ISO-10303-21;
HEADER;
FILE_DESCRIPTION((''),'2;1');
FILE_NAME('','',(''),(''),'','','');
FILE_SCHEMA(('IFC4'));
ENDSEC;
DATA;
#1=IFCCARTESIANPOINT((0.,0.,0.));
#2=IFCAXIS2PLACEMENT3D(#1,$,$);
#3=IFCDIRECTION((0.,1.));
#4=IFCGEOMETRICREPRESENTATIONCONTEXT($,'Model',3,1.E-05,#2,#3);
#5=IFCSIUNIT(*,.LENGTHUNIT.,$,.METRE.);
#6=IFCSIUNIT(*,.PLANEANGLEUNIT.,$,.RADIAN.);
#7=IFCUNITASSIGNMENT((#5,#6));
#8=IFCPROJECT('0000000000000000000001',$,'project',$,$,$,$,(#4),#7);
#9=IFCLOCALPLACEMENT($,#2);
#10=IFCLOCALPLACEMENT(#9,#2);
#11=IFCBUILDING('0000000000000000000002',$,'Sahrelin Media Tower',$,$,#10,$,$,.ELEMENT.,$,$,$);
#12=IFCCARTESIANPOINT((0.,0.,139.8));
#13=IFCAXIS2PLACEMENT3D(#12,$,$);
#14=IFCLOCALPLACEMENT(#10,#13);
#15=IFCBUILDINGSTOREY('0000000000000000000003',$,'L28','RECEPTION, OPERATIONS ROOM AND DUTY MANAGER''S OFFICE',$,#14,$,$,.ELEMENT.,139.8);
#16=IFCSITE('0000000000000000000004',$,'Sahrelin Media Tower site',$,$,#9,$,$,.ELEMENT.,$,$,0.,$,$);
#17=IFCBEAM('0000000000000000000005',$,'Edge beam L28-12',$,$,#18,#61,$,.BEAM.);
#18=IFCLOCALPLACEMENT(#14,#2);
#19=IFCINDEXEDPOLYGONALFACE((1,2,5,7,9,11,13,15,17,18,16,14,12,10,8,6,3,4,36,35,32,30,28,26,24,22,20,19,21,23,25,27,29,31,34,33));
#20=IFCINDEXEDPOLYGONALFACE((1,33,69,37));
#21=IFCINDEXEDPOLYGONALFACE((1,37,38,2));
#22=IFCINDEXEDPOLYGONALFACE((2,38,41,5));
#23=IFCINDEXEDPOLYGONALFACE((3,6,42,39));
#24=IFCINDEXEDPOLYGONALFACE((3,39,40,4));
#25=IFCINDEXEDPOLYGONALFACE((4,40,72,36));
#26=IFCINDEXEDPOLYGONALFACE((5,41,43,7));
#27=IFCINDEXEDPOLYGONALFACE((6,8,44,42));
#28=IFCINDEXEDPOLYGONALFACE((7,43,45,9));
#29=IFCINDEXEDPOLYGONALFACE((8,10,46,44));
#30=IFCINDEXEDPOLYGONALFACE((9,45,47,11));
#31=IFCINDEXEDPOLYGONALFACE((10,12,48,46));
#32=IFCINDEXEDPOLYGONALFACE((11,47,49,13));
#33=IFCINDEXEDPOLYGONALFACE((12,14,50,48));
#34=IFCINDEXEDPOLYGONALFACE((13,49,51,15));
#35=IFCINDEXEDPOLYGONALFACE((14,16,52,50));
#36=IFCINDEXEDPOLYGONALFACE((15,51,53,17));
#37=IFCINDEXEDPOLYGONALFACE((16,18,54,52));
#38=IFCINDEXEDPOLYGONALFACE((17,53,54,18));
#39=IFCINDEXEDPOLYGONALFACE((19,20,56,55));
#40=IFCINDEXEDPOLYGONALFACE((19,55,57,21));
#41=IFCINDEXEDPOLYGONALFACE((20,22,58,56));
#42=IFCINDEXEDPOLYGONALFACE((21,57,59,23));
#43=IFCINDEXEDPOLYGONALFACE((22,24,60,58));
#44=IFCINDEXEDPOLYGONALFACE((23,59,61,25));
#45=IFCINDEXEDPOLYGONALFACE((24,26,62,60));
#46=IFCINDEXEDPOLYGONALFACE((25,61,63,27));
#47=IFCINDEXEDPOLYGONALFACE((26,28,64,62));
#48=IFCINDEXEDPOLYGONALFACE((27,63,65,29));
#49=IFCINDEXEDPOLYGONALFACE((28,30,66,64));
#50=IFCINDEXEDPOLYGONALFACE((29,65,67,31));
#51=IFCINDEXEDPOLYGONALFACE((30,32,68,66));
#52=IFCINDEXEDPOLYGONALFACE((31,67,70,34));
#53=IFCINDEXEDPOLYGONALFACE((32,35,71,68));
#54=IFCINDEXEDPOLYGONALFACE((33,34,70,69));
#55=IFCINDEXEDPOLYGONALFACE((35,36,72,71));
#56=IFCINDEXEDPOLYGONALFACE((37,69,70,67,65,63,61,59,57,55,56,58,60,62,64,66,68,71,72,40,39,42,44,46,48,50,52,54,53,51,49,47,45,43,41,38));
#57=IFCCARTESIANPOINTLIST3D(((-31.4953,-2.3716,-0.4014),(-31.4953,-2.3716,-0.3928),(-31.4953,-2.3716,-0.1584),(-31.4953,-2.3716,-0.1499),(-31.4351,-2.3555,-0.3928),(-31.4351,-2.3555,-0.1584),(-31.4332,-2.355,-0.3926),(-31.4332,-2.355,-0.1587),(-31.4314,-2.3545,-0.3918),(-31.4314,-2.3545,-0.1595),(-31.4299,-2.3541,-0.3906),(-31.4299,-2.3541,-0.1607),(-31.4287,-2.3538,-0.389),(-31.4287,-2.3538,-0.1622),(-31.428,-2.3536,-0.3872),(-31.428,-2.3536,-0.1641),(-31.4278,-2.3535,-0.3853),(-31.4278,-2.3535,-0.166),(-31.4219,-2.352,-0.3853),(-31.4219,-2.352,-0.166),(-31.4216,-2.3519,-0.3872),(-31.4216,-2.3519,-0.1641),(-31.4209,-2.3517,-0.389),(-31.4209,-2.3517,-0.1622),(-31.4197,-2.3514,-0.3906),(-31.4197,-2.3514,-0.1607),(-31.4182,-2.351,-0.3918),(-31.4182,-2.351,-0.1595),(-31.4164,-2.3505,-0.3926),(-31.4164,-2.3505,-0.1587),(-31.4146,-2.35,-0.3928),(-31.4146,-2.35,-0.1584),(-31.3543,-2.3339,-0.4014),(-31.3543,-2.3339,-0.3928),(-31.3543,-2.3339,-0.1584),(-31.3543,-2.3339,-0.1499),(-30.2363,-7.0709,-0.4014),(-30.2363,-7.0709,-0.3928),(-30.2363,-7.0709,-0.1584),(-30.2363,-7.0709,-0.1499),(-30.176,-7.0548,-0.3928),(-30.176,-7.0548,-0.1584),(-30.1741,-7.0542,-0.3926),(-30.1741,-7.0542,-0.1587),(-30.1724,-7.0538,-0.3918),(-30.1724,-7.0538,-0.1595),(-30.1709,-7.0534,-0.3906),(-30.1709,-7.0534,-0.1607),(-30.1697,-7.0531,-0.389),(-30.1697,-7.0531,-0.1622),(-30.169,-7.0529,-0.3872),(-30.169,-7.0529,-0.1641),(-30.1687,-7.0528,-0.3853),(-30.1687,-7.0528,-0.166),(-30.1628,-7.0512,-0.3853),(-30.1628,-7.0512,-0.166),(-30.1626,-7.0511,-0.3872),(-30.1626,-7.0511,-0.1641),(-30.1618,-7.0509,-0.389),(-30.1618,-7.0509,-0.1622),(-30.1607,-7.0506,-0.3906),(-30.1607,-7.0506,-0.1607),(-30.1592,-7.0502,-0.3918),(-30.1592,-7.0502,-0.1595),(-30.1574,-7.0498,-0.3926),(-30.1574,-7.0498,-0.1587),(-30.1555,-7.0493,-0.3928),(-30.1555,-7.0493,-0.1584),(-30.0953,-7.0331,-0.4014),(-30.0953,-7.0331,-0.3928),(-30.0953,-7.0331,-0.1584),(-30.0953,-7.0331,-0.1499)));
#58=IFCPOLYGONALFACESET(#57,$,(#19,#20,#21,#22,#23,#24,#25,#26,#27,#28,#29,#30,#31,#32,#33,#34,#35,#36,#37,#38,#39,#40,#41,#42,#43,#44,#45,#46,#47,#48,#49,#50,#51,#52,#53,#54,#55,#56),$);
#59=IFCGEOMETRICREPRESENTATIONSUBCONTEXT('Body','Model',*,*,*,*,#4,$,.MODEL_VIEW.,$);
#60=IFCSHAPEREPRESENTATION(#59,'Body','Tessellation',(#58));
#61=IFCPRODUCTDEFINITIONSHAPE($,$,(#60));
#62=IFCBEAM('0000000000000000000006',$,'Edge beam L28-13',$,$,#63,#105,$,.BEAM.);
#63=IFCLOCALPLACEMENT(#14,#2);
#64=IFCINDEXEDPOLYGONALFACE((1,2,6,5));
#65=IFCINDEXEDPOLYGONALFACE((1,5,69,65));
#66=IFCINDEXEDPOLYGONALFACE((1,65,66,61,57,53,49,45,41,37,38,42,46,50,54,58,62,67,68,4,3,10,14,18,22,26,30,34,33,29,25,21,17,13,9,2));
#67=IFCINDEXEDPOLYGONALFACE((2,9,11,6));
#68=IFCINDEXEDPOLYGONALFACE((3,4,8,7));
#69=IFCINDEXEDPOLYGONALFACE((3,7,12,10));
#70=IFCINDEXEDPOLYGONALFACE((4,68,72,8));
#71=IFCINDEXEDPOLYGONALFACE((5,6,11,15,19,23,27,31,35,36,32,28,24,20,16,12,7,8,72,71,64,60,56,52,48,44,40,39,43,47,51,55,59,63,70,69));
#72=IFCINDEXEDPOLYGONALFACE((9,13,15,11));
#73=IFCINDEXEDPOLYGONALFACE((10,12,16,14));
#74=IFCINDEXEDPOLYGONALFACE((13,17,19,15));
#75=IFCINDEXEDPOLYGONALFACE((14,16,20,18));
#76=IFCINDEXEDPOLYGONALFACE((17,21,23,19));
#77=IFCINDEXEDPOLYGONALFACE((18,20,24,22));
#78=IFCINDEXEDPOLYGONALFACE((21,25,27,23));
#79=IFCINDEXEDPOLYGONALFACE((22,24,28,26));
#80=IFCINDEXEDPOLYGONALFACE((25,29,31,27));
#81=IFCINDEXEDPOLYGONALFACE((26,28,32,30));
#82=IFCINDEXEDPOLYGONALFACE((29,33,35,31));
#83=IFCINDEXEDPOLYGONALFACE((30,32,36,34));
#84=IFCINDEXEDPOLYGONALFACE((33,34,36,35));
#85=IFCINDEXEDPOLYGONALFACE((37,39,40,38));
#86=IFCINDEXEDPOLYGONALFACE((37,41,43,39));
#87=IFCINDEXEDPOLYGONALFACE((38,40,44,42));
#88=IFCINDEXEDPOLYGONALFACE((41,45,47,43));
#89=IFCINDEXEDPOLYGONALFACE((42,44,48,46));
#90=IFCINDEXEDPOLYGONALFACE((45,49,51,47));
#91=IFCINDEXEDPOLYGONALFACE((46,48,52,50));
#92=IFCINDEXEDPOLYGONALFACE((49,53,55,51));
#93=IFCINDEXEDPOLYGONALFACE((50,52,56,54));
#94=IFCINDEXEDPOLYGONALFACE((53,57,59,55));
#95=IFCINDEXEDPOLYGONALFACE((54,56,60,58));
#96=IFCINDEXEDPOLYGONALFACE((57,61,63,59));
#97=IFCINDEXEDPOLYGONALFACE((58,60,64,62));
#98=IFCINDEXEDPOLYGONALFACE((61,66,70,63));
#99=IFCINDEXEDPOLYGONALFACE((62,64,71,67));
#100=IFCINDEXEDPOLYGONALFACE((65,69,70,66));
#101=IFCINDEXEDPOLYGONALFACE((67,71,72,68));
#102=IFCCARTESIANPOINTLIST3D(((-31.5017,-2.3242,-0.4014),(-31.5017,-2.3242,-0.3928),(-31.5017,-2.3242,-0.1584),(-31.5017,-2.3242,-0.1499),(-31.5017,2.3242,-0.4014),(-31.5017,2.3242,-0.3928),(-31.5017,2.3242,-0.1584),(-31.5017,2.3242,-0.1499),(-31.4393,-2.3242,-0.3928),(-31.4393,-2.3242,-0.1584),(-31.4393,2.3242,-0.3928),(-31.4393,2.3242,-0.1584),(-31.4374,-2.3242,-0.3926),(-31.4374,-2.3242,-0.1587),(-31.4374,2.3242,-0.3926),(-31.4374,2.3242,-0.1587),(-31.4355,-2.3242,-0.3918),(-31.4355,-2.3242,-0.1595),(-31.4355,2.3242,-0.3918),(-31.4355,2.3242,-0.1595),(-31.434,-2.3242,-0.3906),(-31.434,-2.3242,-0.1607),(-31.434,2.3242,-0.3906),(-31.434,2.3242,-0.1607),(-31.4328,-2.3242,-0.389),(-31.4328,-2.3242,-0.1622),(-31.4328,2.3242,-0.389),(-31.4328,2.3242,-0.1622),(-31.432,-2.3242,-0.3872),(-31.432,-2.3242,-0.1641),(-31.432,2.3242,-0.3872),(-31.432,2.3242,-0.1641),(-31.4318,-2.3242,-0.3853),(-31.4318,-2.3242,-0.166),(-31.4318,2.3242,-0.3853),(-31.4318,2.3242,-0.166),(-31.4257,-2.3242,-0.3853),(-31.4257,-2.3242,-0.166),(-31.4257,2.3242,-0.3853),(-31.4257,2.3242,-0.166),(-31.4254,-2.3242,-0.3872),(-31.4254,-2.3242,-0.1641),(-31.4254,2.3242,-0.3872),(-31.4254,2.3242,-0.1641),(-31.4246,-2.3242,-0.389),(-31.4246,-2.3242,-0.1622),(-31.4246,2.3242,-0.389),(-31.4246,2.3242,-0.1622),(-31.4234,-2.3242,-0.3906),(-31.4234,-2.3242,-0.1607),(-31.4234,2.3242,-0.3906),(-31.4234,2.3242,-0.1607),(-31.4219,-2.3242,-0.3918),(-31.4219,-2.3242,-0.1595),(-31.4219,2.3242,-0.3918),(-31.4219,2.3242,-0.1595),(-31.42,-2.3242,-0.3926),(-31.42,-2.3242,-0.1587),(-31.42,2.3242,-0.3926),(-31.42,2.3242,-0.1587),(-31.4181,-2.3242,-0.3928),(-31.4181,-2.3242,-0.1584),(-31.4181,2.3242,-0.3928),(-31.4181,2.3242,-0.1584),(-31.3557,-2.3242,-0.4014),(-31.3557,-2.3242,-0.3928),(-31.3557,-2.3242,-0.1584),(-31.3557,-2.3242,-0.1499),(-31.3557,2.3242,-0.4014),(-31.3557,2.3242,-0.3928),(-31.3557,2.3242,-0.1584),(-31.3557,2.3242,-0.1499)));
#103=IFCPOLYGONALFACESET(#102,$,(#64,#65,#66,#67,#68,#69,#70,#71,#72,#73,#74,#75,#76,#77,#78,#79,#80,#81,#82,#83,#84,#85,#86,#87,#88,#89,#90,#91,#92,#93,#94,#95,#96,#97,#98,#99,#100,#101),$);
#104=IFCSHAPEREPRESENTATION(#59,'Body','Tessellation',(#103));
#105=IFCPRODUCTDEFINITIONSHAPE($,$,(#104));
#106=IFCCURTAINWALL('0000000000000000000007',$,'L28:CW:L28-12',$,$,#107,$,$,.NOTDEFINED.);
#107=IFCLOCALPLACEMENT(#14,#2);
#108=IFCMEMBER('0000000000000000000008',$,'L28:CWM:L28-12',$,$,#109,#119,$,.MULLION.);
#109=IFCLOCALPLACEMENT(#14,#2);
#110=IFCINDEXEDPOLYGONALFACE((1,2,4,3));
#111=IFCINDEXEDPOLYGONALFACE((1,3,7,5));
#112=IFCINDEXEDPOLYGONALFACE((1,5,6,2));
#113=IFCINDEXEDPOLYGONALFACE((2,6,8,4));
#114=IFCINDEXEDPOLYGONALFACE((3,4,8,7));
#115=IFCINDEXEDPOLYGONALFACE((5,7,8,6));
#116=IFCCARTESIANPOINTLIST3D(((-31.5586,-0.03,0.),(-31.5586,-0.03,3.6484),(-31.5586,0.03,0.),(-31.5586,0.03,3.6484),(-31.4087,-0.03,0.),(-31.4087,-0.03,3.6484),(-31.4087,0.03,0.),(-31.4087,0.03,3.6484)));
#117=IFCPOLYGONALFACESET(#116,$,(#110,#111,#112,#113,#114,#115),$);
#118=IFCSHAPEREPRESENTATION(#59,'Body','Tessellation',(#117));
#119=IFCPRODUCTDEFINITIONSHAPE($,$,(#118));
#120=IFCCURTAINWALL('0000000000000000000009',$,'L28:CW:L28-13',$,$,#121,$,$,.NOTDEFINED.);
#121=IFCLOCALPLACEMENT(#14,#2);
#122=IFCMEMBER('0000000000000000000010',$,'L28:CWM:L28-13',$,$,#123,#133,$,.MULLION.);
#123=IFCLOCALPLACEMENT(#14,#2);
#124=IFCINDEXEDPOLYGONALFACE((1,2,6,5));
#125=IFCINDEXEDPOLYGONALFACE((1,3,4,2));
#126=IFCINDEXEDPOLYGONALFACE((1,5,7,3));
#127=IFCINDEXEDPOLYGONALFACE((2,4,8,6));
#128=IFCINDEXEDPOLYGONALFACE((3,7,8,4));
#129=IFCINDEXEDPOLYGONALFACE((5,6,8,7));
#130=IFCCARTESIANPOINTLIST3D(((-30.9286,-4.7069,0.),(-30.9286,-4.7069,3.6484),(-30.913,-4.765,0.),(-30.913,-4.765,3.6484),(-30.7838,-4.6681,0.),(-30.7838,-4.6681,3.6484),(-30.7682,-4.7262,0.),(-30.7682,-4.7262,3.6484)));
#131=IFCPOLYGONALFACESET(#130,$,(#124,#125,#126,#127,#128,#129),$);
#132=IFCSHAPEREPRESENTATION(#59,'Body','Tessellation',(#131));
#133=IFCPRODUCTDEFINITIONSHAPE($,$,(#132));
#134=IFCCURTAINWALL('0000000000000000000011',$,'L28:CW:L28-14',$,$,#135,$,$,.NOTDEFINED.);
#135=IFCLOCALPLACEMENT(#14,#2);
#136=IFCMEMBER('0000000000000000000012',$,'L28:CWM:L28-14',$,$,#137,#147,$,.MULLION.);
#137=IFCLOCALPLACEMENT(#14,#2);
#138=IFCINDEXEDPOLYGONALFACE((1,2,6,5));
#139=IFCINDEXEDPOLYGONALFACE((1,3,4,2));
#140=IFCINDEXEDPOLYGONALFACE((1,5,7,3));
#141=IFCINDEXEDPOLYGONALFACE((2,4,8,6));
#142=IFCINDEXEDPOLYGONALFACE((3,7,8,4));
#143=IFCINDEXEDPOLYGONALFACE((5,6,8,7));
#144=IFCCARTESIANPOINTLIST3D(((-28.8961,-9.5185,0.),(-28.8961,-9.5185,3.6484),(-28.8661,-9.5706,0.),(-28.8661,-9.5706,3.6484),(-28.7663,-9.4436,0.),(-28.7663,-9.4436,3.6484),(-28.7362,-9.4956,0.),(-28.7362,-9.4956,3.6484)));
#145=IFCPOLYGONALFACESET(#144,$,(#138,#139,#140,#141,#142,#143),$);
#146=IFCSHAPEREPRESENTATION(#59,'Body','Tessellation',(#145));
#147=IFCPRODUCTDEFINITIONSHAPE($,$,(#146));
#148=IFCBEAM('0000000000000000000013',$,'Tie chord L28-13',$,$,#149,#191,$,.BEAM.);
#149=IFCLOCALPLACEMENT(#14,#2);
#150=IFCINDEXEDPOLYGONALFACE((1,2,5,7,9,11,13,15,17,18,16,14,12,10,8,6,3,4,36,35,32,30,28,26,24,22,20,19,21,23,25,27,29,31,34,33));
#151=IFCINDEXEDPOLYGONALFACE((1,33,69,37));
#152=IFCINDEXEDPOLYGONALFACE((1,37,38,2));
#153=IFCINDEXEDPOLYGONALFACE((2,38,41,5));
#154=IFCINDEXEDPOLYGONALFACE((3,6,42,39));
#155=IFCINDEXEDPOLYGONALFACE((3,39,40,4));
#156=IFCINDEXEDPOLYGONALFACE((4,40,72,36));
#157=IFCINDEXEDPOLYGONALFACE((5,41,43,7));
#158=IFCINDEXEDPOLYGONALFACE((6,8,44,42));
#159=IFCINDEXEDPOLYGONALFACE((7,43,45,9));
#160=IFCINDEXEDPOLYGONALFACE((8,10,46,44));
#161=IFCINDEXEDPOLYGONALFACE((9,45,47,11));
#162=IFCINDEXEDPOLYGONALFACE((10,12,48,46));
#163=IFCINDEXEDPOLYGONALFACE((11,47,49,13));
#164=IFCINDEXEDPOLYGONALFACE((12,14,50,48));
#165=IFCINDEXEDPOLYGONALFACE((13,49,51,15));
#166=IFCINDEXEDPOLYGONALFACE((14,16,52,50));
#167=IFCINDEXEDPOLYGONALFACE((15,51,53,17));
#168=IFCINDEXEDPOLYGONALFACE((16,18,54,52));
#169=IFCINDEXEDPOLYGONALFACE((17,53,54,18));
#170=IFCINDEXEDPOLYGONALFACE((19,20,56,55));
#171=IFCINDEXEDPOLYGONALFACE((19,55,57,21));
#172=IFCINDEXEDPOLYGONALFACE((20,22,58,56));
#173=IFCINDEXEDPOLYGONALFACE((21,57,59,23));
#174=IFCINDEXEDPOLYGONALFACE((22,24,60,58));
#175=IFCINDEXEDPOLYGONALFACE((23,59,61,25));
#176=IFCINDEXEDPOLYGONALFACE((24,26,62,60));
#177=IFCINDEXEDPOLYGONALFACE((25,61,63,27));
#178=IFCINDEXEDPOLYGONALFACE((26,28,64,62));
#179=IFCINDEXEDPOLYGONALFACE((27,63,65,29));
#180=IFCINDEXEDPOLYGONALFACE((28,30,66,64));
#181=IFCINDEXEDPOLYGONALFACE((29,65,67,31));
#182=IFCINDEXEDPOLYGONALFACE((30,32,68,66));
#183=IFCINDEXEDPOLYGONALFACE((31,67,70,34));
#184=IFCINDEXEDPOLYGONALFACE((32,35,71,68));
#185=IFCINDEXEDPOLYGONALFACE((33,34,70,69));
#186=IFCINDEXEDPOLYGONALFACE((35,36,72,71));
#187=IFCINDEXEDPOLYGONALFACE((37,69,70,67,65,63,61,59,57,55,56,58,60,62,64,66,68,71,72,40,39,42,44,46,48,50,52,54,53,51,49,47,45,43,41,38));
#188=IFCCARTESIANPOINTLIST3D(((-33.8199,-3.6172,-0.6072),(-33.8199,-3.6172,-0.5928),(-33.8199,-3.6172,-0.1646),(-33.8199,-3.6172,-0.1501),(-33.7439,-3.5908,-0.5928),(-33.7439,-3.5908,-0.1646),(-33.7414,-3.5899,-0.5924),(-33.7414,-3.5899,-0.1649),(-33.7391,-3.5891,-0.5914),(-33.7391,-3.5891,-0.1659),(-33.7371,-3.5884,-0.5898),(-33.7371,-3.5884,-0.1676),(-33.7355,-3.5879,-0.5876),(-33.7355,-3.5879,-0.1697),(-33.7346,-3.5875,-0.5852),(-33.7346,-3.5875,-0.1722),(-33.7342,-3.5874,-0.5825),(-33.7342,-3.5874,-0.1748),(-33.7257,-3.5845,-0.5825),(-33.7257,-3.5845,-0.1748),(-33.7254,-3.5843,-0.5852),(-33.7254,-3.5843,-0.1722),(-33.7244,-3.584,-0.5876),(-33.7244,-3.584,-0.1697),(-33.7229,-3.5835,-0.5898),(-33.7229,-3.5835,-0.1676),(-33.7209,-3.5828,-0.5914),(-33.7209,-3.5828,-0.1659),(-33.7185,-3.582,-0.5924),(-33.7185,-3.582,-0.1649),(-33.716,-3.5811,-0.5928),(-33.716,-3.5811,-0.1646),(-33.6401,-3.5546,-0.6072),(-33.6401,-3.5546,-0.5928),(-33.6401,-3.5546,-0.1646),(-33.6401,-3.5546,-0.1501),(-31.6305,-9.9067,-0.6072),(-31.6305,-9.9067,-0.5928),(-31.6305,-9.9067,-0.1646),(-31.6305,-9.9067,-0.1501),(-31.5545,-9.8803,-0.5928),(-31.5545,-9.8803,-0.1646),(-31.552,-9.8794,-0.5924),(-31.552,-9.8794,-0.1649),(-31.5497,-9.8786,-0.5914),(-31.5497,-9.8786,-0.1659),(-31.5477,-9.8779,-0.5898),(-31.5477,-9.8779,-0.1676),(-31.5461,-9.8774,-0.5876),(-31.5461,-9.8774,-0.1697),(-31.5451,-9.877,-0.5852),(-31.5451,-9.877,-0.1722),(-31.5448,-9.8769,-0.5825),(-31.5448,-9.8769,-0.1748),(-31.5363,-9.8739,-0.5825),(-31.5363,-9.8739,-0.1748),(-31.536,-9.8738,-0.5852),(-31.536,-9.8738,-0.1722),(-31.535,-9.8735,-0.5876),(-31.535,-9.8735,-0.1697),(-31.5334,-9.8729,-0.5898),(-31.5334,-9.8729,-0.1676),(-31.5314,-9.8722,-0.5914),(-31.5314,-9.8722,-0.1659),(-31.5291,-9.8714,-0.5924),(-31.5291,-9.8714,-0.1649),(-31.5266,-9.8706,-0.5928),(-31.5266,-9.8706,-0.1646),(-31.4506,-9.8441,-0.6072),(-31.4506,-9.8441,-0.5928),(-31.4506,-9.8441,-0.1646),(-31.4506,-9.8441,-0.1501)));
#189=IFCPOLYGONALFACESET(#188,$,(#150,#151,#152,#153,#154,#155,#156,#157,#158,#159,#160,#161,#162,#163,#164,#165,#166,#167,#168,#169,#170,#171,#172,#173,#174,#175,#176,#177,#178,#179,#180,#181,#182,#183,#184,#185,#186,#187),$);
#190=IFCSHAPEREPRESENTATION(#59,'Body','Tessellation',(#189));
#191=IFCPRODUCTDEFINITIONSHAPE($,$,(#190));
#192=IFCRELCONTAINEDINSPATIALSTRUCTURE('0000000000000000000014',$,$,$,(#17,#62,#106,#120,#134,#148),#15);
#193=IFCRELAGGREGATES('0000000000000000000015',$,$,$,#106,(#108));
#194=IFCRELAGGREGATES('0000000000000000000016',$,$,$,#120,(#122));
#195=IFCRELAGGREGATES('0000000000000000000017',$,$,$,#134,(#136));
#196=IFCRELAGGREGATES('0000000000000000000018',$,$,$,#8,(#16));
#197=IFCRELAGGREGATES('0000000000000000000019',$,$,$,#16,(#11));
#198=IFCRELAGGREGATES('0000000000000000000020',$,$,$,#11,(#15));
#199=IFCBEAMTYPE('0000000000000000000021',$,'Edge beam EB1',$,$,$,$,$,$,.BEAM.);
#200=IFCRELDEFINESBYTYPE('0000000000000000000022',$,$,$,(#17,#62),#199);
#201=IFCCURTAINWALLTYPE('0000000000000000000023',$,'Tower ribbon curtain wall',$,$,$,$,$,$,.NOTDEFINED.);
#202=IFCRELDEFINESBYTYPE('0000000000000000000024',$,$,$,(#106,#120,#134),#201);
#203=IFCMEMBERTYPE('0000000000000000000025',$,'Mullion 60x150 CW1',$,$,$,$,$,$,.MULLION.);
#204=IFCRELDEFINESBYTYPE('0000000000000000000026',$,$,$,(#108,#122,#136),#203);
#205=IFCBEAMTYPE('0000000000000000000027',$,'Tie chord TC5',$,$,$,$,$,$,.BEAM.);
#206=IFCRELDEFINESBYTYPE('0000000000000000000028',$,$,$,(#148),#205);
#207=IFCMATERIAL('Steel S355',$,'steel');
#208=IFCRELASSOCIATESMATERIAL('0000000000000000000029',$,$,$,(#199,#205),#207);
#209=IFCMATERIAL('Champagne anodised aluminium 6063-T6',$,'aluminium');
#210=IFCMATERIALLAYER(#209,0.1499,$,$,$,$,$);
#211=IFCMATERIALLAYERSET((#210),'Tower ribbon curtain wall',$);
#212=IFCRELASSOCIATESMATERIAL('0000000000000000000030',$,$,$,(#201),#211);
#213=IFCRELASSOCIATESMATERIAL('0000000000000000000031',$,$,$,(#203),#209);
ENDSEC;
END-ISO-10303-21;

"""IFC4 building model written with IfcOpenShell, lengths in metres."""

from ifc_helpers import new_model, si_unit, direction, frame, origin, origin_2d, place, context, subcontext, project, spatial, rectangle, i_section, extrude, material, layer, layer_set, material_profile, profile_set, type_object, element, aggregate, save


model = new_model("IFC4")

# Units and contexts
model_context = context("Model", 3, precision=1e-05, world=origin(), true_north=direction((0.0, 1.0)))
body_context = subcontext(model_context, "Body", "Model", "MODEL_VIEW")
ifc_project = project(units=[si_unit("LENGTHUNIT", "METRE"), si_unit("PLANEANGLEUNIT", "RADIAN")], contexts=[model_context])

# Site, building, storey
site_placement = place(None, origin())
site = spatial("IfcSite", under=ifc_project, at=site_placement, Name="Sahrelin Media Tower site", CompositionType="ELEMENT", RefElevation=0.0)
building_placement = place(site_placement, origin())
building = spatial("IfcBuilding", under=site, at=building_placement, Name="Sahrelin Media Tower", CompositionType="ELEMENT")
storey_placement = place(building_placement, frame((0.0, 0.0, 139.8)))
storey = spatial("IfcBuildingStorey", under=building, at=storey_placement, Name="L28", Description="RECEPTION, OPERATIONS ROOM AND DUTY MANAGER'S OFFICE", CompositionType="ELEMENT", Elevation=139.8)

# Beams
ifc_material_1 = material(Name="Steel S355", Category="steel")
ifc_material_profile_1 = material_profile(ifc_material_1, i_section(OverallWidth=0.146, OverallDepth=0.2515, WebThickness=0.0061, FlangeThickness=0.0085, FilletRadius=0.0076, at=origin_2d()), Name="UB 254x146x31")
ifc_profile_set_1 = profile_set([ifc_material_profile_1], Name="Steel S355")
beam_type_1 = type_object("IfcBeamType", Name="Edge beam EB1", PredefinedType="BEAM", material=ifc_profile_set_1)
beam_1_placement = place(storey_placement, frame((-30.1658, -7.052, -0.2756), z_axis=(-0.258796, 0.965932, 0.0), x_axis=(-0.965932, -0.258796, 0.0)))
element("IfcBeam", 1, at=beam_1_placement, inside=storey, type_object=beam_type_1, Name="Edge beam L28-12", PredefinedType="BEAM", context=body_context, shape_type="SweptSolid", body=[
    extrude(i_section(OverallWidth=0.146, OverallDepth=0.2515, WebThickness=0.0061, FlangeThickness=0.0085, FilletRadius=0.0076, at=origin_2d()), origin(), (0.0, 0.0, 1.0), 4.865),
])
beam_2_placement = place(storey_placement, frame((-31.4287, -2.3242, -0.2756), z_axis=(0.0, 1.0, 0.0), x_axis=(-1.0, 0.0, 0.0)))
element("IfcBeam", 2, at=beam_2_placement, inside=storey, type_object=beam_type_1, Name="Edge beam L28-13", PredefinedType="BEAM", context=body_context, shape_type="SweptSolid", body=[
    extrude(i_section(OverallWidth=0.146, OverallDepth=0.2515, WebThickness=0.0061, FlangeThickness=0.0085, FilletRadius=0.0076, at=origin_2d()), origin(), (0.0, 0.0, 1.0), 4.6484),
])

# Curtain walls, members
ifc_material_2 = material(Name="Champagne anodised aluminium 6063-T6", Category="aluminium")
ifc_layer_1 = layer(ifc_material_2, 0.1499)
ifc_layer_set_1 = layer_set([ifc_layer_1], Name="Tower ribbon curtain wall")
curtain_wall_type = type_object("IfcCurtainWallType", Name="Tower ribbon curtain wall", PredefinedType="NOTDEFINED", material=ifc_layer_set_1)
curtain_wall_1_placement = place(storey_placement, frame((-31.5786, 0.0, 0.0), z_axis=(0.0, 0.0, 1.0), x_axis=(1.0, 0.0, 0.0)))
curtain_wall_1 = element("IfcCurtainWall", 3, at=curtain_wall_1_placement, inside=storey, type_object=curtain_wall_type, Name="L28:CW:L28-12", PredefinedType="NOTDEFINED")
ifc_material_profile_2 = material_profile(ifc_material_2, rectangle(XDim=0.0601, YDim=0.1499, at=origin_2d()), Name="Mullion 60x150")
ifc_profile_set_2 = profile_set([ifc_material_profile_2], Name="Champagne anodised aluminium 6063-T6")
member_type_1 = type_object("IfcMemberType", Name="Mullion 60x150 CW1", PredefinedType="MULLION", material=ifc_profile_set_2)
member_1_placement = place(storey_placement, frame((-31.4836, 0.0, 0.0), z_axis=(0.0, 0.0, 1.0), x_axis=(0.0, -1.0, 0.0)))
member_1 = element("IfcMember", 4, at=member_1_placement, type_object=member_type_1, Name="L28:CWM:L28-12", PredefinedType="MULLION", context=body_context, shape_type="SweptSolid", body=[
    extrude(rectangle(XDim=0.0601, YDim=0.1499, at=origin_2d()), origin(), (0.0, 0.0, 1.0), 3.6484),
])
aggregate(curtain_wall_1, [member_1])
curtain_wall_2_placement = place(storey_placement, frame((-30.9402, -4.7412, 0.0), z_axis=(0.0, 0.0, 1.0), x_axis=(1.0, 0.0, 0.0)))
curtain_wall_2 = element("IfcCurtainWall", 5, at=curtain_wall_2_placement, inside=storey, type_object=curtain_wall_type, Name="L28:CW:L28-13", PredefinedType="NOTDEFINED")
member_2_placement = place(storey_placement, frame((-30.8484, -4.7166, 0.0), z_axis=(0.0, 0.0, 1.0), x_axis=(0.258827, -0.965924, 0.0)))
member_2 = element("IfcMember", 6, at=member_2_placement, type_object=member_type_1, Name="L28:CWM:L28-13", PredefinedType="MULLION", context=body_context, shape_type="SweptSolid", body=[
    extrude(rectangle(XDim=0.0601, YDim=0.1499, at=origin_2d()), origin(), (0.0, 0.0, 1.0), 3.6484),
])
curtain_wall_3_placement = place(storey_placement, frame((-28.8984, -9.5547, 0.0), z_axis=(0.0, 0.0, 1.0), x_axis=(1.0, 0.0, 0.0)))
curtain_wall_3 = element("IfcCurtainWall", 7, at=curtain_wall_3_placement, inside=storey, type_object=curtain_wall_type, Name="L28:CW:L28-14", PredefinedType="NOTDEFINED")
member_3_placement = place(storey_placement, frame((-28.8162, -9.5071, 0.0), z_axis=(0.0, 0.0, 1.0), x_axis=(0.499994, -0.866029, 0.0)))
member_3 = element("IfcMember", 8, at=member_3_placement, type_object=member_type_1, Name="L28:CWM:L28-14", PredefinedType="MULLION", context=body_context, shape_type="SweptSolid", body=[
    extrude(rectangle(XDim=0.0601, YDim=0.1499, at=origin_2d()), origin(), (0.0, 0.0, 1.0), 3.6484),
])

# Beam
ifc_material_profile_3 = material_profile(ifc_material_1, i_section(OverallWidth=0.1904, OverallDepth=0.457, WebThickness=0.009, FlangeThickness=0.0144, FilletRadius=0.0103, at=origin_2d()), Name="UB 457x191x74")
ifc_profile_set_3 = profile_set([ifc_material_profile_3], Name="Steel S355")
beam_type_2 = type_object("IfcBeamType", Name="Tie chord TC5", PredefinedType="BEAM", material=ifc_profile_set_3)
beam_3_placement = place(storey_placement, frame((-33.73, -3.5859, -0.3787), z_axis=(0.328759, -0.944414, 0.0), x_axis=(0.944414, 0.328759, 0.0)))
element("IfcBeam", 9, at=beam_3_placement, inside=storey, type_object=beam_type_2, Name="Tie chord L28-13", PredefinedType="BEAM", context=body_context, shape_type="SweptSolid", body=[
    extrude(i_section(OverallWidth=0.1904, OverallDepth=0.457, WebThickness=0.009, FlangeThickness=0.0144, FilletRadius=0.0103, at=origin_2d()), origin(), (0.0, 0.0, 1.0), 6.6597),
])

aggregate(curtain_wall_2, [member_2])
aggregate(curtain_wall_3, [member_3])

save(model, "model.ifc")
